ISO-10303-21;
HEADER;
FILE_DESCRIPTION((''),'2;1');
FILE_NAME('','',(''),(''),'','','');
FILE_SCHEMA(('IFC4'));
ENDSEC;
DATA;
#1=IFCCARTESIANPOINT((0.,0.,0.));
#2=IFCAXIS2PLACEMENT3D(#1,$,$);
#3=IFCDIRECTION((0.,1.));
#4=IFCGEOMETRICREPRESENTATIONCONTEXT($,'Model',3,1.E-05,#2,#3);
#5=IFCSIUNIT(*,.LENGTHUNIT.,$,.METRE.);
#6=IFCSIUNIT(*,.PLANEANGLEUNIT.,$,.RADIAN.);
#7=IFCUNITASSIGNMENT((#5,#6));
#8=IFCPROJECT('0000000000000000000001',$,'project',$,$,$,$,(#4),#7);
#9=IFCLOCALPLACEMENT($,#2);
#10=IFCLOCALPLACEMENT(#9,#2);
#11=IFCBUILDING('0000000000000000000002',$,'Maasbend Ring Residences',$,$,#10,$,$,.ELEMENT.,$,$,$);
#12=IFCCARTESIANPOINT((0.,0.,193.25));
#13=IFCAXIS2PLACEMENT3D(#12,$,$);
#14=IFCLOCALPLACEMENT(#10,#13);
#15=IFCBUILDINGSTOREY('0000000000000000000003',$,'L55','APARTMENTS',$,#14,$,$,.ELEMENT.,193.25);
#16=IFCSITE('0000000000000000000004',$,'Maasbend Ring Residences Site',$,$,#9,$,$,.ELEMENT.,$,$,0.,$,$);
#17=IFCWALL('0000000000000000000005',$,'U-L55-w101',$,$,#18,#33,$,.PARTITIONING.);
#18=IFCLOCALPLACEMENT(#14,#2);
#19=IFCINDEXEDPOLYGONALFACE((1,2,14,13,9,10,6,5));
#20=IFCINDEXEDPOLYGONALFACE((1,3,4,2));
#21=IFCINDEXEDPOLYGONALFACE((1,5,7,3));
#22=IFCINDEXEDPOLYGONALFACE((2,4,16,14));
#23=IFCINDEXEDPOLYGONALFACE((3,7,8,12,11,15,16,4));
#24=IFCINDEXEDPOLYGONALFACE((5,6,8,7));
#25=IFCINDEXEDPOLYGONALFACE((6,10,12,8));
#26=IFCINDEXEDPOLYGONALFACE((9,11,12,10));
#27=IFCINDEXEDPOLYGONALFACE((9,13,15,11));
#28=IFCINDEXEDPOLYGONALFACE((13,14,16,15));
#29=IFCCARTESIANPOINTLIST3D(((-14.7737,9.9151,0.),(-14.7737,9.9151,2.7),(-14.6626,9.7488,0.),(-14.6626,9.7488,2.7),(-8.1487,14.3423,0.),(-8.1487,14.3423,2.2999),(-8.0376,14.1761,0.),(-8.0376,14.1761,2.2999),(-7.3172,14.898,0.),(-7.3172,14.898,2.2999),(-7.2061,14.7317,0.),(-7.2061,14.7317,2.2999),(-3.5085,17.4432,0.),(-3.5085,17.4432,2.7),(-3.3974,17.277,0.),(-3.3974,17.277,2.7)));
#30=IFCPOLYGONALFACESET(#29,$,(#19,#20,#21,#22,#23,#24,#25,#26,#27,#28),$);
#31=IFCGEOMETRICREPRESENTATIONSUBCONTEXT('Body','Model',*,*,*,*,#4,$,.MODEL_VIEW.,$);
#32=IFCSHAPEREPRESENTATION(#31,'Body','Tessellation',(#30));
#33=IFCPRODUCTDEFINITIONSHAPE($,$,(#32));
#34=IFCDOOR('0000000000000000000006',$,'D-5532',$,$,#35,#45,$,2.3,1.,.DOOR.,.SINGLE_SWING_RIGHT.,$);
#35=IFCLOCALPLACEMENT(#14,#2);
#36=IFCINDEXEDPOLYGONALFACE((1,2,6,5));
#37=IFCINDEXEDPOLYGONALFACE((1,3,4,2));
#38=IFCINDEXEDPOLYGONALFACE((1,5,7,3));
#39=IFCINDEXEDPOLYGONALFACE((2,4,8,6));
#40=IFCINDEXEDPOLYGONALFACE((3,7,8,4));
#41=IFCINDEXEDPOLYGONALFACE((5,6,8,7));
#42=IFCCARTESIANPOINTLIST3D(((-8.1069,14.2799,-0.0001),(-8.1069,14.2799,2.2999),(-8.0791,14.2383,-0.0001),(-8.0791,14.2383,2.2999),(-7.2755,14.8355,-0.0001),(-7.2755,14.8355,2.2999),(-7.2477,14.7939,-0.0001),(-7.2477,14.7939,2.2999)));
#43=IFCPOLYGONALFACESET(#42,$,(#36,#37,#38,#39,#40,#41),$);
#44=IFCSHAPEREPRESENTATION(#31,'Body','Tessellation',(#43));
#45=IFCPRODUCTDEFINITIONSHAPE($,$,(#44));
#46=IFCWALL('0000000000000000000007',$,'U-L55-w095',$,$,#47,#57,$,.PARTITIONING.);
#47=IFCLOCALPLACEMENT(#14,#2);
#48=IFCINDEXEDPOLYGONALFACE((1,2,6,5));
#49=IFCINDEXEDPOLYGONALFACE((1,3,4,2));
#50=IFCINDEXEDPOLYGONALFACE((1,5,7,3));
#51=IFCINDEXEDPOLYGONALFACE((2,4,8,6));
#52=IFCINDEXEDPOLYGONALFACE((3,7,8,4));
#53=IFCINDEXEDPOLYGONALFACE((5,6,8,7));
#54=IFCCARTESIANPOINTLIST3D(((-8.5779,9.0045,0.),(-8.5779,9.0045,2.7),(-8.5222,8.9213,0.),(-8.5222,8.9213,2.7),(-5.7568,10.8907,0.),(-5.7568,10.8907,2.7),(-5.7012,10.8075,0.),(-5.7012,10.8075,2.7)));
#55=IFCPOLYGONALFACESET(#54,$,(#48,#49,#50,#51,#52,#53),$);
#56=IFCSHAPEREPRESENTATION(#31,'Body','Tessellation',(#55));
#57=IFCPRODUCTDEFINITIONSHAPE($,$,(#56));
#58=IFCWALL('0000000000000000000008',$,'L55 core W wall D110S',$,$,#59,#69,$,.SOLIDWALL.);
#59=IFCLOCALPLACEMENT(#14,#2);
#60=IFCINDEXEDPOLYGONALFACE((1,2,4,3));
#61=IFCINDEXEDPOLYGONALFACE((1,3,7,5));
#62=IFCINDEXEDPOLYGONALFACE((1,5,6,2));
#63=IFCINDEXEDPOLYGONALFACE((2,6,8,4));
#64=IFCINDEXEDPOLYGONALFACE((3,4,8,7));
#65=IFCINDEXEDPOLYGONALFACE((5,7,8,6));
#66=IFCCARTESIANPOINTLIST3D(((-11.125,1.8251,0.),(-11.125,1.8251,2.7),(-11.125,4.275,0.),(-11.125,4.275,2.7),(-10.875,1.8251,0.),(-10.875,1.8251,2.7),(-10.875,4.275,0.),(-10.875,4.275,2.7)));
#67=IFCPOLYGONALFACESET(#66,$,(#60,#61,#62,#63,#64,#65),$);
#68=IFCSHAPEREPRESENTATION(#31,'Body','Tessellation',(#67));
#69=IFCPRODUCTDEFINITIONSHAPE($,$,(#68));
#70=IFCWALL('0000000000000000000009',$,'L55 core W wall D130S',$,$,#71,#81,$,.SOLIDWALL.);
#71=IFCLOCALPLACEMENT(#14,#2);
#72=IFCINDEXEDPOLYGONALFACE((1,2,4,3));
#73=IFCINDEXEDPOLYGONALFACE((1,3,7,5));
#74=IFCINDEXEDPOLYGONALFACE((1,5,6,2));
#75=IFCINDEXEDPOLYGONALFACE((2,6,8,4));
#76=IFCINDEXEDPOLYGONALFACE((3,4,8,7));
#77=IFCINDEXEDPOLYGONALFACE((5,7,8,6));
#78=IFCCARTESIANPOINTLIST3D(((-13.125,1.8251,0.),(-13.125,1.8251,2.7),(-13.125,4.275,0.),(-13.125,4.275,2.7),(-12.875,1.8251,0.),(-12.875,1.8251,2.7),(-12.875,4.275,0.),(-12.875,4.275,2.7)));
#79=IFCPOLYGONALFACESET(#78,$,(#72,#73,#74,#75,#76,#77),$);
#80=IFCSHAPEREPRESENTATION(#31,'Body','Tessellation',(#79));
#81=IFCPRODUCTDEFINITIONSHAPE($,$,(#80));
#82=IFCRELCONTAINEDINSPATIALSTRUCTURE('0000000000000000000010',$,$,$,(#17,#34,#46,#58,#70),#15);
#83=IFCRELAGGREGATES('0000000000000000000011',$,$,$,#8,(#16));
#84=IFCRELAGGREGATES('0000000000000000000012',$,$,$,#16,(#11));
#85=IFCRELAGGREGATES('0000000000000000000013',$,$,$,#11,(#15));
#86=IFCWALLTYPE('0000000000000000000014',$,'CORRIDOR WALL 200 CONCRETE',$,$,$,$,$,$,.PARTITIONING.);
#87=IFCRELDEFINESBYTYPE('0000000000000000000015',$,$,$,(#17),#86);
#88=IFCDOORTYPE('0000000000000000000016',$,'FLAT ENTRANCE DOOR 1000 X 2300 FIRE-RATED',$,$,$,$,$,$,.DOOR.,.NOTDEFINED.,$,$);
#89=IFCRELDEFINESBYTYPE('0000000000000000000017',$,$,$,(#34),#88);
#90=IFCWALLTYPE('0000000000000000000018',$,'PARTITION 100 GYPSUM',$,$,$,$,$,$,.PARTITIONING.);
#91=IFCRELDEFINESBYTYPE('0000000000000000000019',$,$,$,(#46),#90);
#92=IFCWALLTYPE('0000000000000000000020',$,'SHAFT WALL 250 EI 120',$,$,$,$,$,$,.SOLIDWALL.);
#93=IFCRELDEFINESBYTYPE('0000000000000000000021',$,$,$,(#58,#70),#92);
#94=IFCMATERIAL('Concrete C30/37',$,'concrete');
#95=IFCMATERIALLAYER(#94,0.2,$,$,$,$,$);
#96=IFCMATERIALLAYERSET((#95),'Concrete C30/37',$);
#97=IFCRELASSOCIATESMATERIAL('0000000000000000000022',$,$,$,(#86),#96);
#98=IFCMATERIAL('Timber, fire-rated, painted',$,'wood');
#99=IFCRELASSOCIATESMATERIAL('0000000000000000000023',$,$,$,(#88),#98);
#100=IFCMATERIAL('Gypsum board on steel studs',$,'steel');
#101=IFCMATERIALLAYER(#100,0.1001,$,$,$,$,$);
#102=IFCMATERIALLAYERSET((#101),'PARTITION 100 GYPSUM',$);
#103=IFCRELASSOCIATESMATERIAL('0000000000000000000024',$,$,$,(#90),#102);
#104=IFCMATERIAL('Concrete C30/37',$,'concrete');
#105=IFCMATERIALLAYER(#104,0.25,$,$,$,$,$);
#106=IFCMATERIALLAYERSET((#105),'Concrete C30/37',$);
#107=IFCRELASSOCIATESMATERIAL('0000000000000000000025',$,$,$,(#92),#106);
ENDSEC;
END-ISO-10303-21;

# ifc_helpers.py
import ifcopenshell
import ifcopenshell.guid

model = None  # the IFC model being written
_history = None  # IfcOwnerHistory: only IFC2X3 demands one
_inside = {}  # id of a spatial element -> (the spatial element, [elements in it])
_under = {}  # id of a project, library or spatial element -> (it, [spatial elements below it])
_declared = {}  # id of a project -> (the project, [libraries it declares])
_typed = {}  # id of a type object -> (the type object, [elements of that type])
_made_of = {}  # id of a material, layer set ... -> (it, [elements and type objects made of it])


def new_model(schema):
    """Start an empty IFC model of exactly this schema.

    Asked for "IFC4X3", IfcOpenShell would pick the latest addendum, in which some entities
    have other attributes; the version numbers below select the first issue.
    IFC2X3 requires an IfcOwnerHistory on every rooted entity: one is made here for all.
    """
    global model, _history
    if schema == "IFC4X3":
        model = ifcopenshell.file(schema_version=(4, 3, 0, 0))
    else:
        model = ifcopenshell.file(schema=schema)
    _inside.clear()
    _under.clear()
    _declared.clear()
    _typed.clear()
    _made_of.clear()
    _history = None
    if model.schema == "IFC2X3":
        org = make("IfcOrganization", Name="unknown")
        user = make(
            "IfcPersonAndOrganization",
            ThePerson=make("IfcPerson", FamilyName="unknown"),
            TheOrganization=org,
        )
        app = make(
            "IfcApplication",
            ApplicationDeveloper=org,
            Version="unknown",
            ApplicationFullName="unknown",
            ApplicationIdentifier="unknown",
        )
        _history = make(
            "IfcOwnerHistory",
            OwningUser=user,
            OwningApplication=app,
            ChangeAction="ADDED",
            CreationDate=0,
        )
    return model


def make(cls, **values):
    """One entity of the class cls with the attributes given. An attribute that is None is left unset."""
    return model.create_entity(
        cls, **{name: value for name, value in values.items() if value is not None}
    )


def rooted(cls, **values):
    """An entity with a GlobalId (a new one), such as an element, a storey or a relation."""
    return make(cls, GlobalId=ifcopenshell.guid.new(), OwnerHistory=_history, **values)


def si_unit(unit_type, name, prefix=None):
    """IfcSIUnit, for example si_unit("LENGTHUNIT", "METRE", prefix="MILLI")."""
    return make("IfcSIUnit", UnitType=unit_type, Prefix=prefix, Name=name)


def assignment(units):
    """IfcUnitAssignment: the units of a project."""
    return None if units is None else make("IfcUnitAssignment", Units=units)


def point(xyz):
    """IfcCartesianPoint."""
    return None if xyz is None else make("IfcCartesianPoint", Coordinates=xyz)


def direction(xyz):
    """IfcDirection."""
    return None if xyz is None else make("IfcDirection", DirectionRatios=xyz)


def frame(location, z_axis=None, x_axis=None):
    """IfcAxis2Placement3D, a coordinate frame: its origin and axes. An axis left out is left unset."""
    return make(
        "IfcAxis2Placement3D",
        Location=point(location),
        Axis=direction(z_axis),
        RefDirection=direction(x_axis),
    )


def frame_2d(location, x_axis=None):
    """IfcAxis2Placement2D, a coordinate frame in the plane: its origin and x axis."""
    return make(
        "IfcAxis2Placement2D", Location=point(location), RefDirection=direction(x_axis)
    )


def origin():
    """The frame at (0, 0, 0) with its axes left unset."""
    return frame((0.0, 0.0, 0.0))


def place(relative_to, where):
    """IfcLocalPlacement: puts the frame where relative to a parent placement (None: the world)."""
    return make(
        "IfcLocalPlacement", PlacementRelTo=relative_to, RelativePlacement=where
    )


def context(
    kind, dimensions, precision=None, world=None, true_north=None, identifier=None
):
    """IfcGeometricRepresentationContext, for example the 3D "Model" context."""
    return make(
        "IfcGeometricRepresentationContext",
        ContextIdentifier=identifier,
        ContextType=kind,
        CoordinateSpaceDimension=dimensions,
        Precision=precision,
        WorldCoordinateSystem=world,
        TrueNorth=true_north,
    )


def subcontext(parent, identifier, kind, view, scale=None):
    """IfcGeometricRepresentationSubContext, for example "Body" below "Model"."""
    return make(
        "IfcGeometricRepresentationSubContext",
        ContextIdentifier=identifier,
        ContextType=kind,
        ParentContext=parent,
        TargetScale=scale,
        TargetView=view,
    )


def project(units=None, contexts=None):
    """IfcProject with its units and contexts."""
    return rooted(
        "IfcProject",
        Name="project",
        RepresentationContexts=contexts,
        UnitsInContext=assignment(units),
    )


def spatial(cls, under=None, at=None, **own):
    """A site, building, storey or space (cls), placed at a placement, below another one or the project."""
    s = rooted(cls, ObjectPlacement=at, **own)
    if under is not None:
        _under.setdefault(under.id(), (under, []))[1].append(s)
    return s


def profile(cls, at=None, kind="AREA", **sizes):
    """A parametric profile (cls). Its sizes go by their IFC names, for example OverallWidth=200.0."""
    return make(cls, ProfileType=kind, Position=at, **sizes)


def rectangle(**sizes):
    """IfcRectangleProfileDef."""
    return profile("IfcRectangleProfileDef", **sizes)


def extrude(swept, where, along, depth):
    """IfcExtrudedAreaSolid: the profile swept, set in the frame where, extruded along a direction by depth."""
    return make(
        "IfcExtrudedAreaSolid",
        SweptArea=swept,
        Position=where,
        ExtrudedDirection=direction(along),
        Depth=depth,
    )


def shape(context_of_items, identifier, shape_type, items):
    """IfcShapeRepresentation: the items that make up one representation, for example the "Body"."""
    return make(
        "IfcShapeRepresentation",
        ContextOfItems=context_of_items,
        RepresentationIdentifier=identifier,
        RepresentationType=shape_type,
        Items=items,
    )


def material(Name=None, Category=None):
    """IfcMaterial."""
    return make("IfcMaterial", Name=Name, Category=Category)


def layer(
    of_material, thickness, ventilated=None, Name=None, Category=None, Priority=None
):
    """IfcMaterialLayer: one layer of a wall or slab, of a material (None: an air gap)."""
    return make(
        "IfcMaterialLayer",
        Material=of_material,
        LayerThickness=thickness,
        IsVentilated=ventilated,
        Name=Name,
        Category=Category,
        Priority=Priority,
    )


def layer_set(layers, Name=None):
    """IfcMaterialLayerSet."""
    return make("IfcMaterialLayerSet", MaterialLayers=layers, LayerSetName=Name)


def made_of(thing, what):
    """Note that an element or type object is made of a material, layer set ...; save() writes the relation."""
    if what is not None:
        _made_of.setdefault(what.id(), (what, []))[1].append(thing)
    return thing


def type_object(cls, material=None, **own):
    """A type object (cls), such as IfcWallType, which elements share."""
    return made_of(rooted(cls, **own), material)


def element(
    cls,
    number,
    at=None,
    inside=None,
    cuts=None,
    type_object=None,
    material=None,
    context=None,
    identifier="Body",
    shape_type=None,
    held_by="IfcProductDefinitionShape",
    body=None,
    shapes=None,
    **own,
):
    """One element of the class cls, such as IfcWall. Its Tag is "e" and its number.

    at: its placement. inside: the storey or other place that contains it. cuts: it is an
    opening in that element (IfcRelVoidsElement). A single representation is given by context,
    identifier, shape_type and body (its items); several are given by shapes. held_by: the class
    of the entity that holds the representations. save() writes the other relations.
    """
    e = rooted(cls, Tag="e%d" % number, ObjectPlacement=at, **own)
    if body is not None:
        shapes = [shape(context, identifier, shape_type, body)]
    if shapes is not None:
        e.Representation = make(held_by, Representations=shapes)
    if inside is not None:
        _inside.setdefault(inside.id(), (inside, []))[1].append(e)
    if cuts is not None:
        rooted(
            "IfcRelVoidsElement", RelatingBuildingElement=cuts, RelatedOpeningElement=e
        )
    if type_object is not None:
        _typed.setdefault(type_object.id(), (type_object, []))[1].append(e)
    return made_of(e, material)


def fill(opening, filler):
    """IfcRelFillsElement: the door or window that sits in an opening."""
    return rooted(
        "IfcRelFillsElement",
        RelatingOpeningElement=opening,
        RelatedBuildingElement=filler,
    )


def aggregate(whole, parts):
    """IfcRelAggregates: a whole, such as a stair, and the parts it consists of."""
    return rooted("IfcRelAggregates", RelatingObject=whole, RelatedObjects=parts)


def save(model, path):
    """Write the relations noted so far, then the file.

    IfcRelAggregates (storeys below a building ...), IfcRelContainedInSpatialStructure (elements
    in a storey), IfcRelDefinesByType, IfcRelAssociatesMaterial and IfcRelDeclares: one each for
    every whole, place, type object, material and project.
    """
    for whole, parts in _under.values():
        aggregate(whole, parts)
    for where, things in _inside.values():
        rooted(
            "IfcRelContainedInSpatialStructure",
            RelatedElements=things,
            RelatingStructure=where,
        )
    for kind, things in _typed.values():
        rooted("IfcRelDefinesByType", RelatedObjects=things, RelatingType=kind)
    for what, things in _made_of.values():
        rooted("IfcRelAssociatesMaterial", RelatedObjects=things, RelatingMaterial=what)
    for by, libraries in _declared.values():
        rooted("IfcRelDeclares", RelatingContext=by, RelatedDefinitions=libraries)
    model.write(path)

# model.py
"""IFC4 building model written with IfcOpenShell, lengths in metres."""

from ifc_helpers import new_model, si_unit, direction, frame, frame_2d, origin, place, context, subcontext, project, spatial, rectangle, extrude, material, layer, layer_set, type_object, element, fill, save


model = new_model("IFC4")

# Units and contexts
model_context = context("Model", 3, precision=1e-05, world=origin(), true_north=direction((0.0, 1.0)))
body_context = subcontext(model_context, "Body", "Model", "MODEL_VIEW")
ifc_project = project(units=[si_unit("LENGTHUNIT", "METRE"), si_unit("PLANEANGLEUNIT", "RADIAN")], contexts=[model_context])

# Site, building, storey
site_placement = place(None, origin())
site = spatial("IfcSite", under=ifc_project, at=site_placement, Name="Maasbend Ring Residences Site", CompositionType="ELEMENT", RefElevation=0.0)
building_placement = place(site_placement, origin())
building = spatial("IfcBuilding", under=site, at=building_placement, Name="Maasbend Ring Residences", CompositionType="ELEMENT")
storey_placement = place(building_placement, frame((0.0, 0.0, 193.25)))
storey = spatial("IfcBuildingStorey", under=building, at=storey_placement, Name="L55", Description="APARTMENTS", CompositionType="ELEMENT", Elevation=193.25)

# Wall, opening, door
ifc_material_1 = material(Name="Concrete C30/37", Category="concrete")
ifc_layer_1 = layer(ifc_material_1, 0.2)
ifc_layer_set_1 = layer_set([ifc_layer_1], Name="Concrete C30/37")
wall_type_1 = type_object("IfcWallType", Name="CORRIDOR WALL 200 CONCRETE", PredefinedType="PARTITIONING", material=ifc_layer_set_1)
wall_1_placement = place(storey_placement, frame((-14.718, 9.832, 0.0), z_axis=(0.0, 0.0, 1.0), x_axis=(0.831437, 0.555619, 0.0)))
wall_1 = element("IfcWall", 1, at=wall_1_placement, inside=storey, type_object=wall_type_1, Name="U-L55-w101", PredefinedType="PARTITIONING", context=body_context, shape_type="SweptSolid", body=[
    extrude(rectangle(XDim=13.5491, YDim=0.2, at=frame_2d((6.7744, 0.0))), origin(), (0.0, 0.0, 1.0), 2.7),
])
opening_1_placement = place(wall_1_placement, frame((7.968, 0.0, 0.0)))
opening_1 = element("IfcOpeningElement", 2, at=opening_1_placement, cuts=wall_1, PredefinedType="OPENING", context=body_context, shape_type="SweptSolid", body=[
    extrude(rectangle(XDim=1.0, YDim=2.3, at=frame_2d((0.5, 1.1499))), frame((0.0, 0.1099, 0.0), z_axis=(0.0, -1.0, 0.0), x_axis=(1.0, 0.0, 0.0)), (0.0, 0.0, 1.0), 0.22),
])
ifc_material_2 = material(Name="Timber, fire-rated, painted", Category="wood")
door_type_1 = type_object("IfcDoorType", Name="FLAT ENTRANCE DOOR 1000 X 2300 FIRE-RATED", OperationType="NOTDEFINED", PredefinedType="DOOR", material=ifc_material_2)
door_1_placement = place(opening_1_placement, origin())
door_1 = element("IfcDoor", 3, at=door_1_placement, inside=storey, type_object=door_type_1, Name="D-5532", OperationType="SINGLE_SWING_RIGHT", OverallHeight=2.3, OverallWidth=1.0, PredefinedType="DOOR", context=body_context, shape_type="SweptSolid", body=[
    extrude(rectangle(XDim=1.0, YDim=2.3, at=frame_2d((0.5, 1.1499))), frame((0.0, 0.0249, 0.0), z_axis=(0.0, -1.0, 0.0), x_axis=(1.0, 0.0, 0.0)), (0.0, 0.0, 1.0), 0.05),
])
fill(opening_1, door_1)

# Walls
ifc_material_3 = material(Name="Gypsum board on steel studs", Category="steel")
ifc_layer_2 = layer(ifc_material_3, 0.1001)
ifc_layer_set_2 = layer_set([ifc_layer_2], Name="PARTITION 100 GYPSUM")
wall_type_2 = type_object("IfcWallType", Name="PARTITION 100 GYPSUM", PredefinedType="PARTITIONING", material=ifc_layer_set_2)
wall_2_placement = place(storey_placement, frame((-8.55, 8.9629, 0.0), z_axis=(0.0, 0.0, 1.0), x_axis=(0.831297, 0.555829, 0.0)))
element("IfcWall", 4, at=wall_2_placement, inside=storey, type_object=wall_type_2, Name="U-L55-w095", PredefinedType="PARTITIONING", context=body_context, shape_type="SweptSolid", body=[
    extrude(rectangle(XDim=3.3936, YDim=0.1001, at=frame_2d((1.6968, 0.0))), origin(), (0.0, 0.0, 1.0), 2.7),
])
ifc_material_4 = material(Name="Concrete C30/37", Category="concrete")
ifc_layer_3 = layer(ifc_material_4, 0.25)
ifc_layer_set_3 = layer_set([ifc_layer_3], Name="Concrete C30/37")
wall_type_3 = type_object("IfcWallType", Name="SHAFT WALL 250 EI 120", PredefinedType="SOLIDWALL", material=ifc_layer_set_3)
for number, where, z_axis, x_axis, name in (
    (5, (-11.0, 1.825, 0.0), (0.0, 0.0, 1.0), (0.0, 1.0, 0.0), "L55 core W wall D110S"),
    (6, (-13.0, 1.825, 0.0), (0.0, 0.0, 1.0), (0.0, 1.0, 0.0), "L55 core W wall D130S"),
):
    element("IfcWall", number, at=place(storey_placement, frame(where, z_axis=z_axis, x_axis=x_axis)), inside=storey, type_object=wall_type_3, Name=name, PredefinedType="SOLIDWALL", context=body_context, shape_type="SweptSolid", body=[
        extrude(rectangle(XDim=2.45, YDim=0.25, at=frame_2d((1.2251, 0.0))), origin(), (0.0, 0.0, 1.0), 2.7),
    ])

save(model, "model.ifc")
